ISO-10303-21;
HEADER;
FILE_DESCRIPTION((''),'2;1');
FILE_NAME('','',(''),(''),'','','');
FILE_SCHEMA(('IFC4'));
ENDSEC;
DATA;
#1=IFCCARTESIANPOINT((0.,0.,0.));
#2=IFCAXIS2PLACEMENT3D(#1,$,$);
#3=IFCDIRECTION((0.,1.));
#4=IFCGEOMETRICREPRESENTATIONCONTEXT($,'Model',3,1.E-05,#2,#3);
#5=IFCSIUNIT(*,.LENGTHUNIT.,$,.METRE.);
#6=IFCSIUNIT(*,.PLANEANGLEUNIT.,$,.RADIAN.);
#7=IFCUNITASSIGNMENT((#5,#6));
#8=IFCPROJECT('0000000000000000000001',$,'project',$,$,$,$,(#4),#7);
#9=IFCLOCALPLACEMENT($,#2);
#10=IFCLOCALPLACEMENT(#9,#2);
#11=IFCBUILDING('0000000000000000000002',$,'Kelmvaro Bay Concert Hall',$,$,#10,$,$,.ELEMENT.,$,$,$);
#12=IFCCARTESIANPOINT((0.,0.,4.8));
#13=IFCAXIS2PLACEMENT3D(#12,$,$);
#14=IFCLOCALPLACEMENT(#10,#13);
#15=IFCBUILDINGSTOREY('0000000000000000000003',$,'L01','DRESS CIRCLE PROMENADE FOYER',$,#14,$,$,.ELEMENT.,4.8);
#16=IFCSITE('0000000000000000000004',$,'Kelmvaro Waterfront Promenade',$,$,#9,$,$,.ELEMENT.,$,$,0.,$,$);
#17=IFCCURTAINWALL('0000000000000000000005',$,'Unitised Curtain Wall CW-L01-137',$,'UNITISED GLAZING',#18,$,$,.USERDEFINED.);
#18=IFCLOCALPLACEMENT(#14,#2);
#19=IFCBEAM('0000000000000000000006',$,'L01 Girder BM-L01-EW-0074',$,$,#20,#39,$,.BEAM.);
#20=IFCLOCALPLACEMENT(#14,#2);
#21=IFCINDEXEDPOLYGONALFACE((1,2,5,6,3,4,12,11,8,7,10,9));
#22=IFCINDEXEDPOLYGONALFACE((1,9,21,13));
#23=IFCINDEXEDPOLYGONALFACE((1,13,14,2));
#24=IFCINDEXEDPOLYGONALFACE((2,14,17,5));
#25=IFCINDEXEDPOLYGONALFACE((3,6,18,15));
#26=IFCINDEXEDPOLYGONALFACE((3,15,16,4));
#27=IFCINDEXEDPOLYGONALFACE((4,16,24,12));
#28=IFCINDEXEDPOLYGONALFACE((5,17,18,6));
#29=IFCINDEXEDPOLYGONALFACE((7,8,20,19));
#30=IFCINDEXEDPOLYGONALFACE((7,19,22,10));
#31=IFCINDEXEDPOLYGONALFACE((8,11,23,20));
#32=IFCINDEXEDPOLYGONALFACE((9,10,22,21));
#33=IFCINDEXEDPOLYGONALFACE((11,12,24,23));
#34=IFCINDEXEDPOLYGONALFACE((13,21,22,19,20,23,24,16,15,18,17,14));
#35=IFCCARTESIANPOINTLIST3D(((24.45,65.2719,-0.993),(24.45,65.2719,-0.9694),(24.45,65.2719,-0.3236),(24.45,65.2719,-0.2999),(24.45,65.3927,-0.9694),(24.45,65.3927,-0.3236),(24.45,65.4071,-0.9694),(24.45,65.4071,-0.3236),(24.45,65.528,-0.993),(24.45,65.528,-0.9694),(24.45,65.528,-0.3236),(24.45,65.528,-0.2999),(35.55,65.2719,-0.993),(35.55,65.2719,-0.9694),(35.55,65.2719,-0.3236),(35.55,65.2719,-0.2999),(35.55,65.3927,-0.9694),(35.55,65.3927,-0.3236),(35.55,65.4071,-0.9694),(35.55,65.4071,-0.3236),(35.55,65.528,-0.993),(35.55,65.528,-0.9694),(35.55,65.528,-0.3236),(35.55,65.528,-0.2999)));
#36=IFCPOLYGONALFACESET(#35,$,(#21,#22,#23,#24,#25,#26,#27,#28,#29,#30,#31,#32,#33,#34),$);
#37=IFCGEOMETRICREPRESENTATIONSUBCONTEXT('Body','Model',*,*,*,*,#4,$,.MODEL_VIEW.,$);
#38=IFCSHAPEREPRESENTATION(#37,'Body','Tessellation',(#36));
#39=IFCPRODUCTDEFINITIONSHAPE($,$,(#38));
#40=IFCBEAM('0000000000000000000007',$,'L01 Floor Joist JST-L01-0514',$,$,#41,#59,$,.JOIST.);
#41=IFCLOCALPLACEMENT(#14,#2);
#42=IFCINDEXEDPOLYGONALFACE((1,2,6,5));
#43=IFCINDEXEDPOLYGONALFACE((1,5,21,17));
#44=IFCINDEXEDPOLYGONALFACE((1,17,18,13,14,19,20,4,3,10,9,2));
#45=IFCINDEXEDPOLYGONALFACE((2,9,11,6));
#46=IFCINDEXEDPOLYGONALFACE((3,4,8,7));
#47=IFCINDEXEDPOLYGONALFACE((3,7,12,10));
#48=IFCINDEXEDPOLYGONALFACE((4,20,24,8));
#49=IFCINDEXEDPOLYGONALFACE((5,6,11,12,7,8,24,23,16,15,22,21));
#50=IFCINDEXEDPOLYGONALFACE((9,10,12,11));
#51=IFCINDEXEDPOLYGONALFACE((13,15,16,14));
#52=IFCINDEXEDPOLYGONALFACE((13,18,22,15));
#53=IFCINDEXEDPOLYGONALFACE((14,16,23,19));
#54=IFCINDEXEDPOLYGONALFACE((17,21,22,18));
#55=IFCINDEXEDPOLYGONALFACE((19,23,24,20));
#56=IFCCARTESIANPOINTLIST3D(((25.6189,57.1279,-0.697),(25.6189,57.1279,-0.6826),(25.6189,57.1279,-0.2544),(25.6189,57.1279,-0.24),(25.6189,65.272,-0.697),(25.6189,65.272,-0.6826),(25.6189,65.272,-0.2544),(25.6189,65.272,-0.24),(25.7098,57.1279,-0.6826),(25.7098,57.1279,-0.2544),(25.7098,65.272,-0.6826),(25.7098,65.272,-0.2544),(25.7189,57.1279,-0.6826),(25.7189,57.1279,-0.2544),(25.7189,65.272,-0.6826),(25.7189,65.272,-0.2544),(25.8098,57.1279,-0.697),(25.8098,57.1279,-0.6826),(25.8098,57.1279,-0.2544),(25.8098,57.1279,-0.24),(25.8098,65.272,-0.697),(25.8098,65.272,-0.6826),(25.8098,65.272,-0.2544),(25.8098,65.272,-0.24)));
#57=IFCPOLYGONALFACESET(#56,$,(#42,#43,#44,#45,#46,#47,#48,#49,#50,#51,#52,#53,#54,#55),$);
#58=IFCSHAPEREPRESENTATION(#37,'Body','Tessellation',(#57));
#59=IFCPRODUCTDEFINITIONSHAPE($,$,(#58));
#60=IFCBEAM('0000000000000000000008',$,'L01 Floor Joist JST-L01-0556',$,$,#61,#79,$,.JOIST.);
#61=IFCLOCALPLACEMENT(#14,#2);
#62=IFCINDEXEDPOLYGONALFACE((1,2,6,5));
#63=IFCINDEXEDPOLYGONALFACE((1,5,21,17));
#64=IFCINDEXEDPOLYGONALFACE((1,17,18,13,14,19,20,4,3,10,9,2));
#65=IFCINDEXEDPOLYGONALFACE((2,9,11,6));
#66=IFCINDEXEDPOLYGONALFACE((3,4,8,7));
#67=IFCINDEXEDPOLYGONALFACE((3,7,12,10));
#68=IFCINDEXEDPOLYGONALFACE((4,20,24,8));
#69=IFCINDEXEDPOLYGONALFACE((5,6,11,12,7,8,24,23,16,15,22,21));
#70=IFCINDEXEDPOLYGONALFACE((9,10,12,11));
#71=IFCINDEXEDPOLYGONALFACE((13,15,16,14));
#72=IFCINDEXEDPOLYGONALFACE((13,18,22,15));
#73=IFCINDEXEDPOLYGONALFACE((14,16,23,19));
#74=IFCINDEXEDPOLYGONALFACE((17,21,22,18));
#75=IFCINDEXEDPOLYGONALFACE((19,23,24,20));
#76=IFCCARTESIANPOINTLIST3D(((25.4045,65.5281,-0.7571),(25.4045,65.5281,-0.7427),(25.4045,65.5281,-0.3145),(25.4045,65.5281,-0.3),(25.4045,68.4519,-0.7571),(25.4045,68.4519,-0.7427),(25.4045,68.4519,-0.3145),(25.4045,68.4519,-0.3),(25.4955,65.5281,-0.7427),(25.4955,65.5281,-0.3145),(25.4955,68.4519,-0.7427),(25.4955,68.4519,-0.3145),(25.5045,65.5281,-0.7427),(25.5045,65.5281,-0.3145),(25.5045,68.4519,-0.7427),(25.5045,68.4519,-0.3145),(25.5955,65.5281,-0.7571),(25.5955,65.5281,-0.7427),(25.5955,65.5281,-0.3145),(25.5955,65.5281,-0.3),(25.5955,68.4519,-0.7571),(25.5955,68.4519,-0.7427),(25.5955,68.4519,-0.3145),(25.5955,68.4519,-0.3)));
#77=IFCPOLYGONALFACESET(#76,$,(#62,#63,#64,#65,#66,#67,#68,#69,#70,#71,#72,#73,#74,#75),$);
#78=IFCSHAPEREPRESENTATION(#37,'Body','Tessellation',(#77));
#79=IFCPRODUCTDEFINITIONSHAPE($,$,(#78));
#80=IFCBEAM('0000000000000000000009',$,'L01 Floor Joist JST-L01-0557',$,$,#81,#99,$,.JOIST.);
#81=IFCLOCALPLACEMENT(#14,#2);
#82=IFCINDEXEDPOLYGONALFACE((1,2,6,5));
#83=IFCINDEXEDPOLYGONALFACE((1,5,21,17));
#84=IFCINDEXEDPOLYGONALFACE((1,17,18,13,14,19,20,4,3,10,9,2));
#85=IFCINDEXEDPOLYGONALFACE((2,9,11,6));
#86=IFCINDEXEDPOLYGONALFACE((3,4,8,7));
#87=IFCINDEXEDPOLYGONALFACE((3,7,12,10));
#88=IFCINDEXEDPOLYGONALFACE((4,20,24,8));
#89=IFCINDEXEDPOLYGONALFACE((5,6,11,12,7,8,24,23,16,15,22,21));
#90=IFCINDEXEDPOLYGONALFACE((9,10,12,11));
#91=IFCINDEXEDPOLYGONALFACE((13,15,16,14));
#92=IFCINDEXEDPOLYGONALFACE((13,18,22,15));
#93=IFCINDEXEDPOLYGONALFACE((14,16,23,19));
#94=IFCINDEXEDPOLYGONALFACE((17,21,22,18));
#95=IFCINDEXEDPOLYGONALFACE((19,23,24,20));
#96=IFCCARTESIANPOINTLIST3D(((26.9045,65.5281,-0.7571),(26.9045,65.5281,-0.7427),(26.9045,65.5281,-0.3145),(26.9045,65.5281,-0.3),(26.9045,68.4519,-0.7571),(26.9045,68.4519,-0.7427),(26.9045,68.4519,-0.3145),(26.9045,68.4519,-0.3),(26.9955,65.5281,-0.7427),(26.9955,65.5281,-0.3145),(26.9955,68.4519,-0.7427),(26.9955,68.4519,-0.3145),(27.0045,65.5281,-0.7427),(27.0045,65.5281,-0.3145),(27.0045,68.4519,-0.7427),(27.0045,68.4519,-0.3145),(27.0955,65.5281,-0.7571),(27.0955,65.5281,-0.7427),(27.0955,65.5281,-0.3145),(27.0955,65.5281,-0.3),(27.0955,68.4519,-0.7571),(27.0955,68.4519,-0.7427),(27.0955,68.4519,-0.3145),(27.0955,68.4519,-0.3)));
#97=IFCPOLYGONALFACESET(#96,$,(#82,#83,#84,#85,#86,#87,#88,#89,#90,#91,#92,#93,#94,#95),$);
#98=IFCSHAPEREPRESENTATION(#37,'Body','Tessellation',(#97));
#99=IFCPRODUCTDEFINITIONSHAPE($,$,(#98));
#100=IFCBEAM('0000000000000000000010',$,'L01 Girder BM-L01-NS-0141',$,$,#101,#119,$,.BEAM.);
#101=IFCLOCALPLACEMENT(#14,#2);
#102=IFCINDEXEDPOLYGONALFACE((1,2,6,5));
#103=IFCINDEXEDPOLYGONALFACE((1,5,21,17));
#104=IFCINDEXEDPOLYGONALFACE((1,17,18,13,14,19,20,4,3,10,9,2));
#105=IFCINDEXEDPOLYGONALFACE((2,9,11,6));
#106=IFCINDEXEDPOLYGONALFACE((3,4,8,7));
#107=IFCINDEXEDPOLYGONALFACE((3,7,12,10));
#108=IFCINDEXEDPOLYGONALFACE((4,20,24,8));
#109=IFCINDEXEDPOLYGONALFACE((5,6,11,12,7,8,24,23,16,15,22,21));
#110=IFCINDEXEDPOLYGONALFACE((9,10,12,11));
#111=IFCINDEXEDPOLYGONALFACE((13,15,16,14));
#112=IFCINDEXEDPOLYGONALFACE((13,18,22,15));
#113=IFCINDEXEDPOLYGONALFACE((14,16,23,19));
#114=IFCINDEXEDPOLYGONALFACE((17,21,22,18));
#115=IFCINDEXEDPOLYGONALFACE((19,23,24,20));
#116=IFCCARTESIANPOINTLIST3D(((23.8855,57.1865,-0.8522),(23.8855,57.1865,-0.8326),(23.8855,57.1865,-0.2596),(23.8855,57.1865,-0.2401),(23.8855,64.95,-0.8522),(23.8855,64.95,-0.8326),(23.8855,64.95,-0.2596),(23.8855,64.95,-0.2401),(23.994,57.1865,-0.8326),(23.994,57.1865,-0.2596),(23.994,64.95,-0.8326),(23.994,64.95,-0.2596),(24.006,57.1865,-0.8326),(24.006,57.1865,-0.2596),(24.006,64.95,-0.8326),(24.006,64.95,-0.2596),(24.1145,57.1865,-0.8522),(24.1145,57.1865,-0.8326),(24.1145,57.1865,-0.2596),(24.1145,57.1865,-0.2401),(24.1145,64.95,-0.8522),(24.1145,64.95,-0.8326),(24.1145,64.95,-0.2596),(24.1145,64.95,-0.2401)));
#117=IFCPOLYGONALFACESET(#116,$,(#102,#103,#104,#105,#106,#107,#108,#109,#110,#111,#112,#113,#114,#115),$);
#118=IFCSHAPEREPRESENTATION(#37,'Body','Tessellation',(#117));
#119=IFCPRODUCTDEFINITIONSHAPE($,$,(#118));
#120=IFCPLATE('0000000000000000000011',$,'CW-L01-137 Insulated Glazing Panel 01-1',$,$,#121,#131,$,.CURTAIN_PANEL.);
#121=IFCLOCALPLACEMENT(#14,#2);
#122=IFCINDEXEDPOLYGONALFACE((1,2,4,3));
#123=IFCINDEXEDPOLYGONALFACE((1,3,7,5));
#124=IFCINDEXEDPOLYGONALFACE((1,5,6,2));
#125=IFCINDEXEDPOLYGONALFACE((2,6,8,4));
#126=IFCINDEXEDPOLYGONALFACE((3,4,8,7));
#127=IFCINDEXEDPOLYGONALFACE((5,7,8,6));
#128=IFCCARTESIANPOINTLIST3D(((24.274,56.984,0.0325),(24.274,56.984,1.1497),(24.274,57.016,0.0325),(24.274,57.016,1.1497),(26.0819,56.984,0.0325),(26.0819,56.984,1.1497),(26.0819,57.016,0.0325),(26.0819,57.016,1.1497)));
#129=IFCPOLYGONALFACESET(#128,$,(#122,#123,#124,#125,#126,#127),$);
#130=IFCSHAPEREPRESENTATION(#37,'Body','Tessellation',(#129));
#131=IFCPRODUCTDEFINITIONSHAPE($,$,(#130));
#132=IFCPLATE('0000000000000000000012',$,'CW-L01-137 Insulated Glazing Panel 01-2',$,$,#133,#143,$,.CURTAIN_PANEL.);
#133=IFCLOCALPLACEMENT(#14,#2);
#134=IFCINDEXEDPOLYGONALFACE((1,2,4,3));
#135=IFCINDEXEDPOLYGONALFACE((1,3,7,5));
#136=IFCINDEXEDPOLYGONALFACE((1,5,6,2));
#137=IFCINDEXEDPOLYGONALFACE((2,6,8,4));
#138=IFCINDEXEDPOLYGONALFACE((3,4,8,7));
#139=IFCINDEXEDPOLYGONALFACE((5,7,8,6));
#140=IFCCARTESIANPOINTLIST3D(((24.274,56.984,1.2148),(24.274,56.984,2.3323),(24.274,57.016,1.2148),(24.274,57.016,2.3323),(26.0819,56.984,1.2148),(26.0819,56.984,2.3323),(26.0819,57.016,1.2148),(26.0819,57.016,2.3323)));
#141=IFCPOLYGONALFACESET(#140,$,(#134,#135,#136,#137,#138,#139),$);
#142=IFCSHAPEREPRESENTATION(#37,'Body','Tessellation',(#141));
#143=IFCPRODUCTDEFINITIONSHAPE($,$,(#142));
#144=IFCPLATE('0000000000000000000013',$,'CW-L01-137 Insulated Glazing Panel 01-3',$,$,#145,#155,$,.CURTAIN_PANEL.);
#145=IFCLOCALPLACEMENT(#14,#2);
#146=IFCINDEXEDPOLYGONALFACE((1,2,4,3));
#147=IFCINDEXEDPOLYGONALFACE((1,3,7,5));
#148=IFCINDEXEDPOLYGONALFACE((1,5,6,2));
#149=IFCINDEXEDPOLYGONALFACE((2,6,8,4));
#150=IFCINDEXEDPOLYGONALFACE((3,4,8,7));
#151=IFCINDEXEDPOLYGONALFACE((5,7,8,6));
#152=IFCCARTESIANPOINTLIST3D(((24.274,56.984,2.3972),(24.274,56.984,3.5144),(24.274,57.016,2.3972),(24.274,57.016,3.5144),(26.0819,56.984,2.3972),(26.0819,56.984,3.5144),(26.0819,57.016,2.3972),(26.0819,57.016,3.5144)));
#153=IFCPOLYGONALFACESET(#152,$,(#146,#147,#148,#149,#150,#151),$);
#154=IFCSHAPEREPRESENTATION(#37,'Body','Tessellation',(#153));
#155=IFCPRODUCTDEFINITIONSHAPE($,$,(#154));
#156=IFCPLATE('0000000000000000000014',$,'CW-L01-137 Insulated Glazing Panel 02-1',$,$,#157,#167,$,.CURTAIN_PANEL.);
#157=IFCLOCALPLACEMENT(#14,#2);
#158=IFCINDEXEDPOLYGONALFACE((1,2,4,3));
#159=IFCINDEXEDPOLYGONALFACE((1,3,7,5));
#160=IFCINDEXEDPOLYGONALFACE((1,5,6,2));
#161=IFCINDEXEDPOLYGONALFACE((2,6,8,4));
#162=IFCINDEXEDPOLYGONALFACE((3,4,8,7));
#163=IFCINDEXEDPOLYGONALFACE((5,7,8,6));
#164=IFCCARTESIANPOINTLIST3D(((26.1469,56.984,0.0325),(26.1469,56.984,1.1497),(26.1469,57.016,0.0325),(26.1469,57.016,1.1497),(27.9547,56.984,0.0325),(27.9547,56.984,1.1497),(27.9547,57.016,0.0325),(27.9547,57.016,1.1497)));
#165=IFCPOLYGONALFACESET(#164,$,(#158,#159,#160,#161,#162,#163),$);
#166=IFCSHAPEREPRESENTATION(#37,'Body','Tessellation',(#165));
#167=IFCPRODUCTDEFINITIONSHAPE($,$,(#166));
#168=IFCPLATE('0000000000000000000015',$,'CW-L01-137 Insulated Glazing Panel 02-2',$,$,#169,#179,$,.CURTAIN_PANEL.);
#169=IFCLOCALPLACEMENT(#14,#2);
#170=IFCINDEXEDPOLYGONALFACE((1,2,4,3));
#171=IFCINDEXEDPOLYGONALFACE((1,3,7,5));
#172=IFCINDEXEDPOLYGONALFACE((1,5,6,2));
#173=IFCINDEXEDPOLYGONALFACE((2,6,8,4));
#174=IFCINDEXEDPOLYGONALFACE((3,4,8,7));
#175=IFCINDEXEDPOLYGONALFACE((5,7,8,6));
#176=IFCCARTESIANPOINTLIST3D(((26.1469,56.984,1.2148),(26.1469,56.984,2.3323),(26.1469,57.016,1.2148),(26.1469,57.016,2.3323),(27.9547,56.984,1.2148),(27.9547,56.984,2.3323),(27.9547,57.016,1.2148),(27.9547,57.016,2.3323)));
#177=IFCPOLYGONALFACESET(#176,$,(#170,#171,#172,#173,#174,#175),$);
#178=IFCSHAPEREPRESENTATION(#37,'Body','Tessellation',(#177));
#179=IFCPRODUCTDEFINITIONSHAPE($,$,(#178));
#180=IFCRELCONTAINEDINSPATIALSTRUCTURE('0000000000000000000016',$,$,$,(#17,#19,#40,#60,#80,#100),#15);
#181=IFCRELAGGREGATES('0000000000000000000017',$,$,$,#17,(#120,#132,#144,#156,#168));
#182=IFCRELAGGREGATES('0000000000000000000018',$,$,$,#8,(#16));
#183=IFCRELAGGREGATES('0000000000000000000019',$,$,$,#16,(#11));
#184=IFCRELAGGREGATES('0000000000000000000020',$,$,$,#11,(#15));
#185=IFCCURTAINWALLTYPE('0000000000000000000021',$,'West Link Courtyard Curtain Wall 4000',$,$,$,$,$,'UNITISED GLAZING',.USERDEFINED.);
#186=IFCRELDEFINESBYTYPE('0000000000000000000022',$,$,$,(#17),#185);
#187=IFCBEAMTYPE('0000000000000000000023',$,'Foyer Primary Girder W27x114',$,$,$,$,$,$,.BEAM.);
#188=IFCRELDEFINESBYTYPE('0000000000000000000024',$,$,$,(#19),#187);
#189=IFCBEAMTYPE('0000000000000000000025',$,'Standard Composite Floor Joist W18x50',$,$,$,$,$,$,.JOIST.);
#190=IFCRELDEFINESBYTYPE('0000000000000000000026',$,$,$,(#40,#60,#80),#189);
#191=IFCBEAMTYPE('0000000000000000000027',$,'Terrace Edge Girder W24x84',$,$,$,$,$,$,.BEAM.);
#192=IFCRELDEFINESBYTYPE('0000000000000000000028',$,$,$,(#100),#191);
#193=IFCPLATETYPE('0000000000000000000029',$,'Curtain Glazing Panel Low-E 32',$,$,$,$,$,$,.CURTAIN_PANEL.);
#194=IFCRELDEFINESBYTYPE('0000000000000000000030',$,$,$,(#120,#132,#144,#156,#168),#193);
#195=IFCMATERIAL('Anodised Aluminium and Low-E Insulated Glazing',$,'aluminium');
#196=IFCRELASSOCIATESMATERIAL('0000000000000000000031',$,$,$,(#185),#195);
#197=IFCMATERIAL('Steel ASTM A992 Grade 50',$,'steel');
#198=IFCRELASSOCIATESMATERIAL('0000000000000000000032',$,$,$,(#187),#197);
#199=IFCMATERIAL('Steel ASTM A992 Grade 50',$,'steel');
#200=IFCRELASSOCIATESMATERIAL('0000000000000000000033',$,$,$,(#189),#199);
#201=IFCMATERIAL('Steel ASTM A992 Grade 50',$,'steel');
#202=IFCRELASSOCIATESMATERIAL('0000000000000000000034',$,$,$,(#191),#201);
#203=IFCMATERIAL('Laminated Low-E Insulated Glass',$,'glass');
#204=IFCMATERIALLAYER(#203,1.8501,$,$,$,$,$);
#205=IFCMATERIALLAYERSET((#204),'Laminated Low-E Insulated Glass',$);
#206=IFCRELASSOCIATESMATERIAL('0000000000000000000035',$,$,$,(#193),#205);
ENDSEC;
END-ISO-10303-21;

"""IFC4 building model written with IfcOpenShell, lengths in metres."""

from ifc_helpers import new_model, si_unit, direction, frame, origin, origin_2d, place, context, subcontext, project, spatial, rectangle, i_section, extrude, material, layer, layer_set, material_profile, profile_set, type_object, element, aggregate, save


model = new_model("IFC4")

# Units and contexts
model_context = context("Model", 3, precision=1e-05, world=origin(), true_north=direction((0.0, 1.0)))
body_context = subcontext(model_context, "Body", "Model", "MODEL_VIEW")
ifc_project = project(units=[si_unit("LENGTHUNIT", "METRE"), si_unit("PLANEANGLEUNIT", "RADIAN")], contexts=[model_context])

# Site, building, storey
site_placement = place(None, origin())
site = spatial("IfcSite", under=ifc_project, at=site_placement, Name="Kelmvaro Waterfront Promenade", CompositionType="ELEMENT", RefElevation=0.0)
building_placement = place(site_placement, origin())
building = spatial("IfcBuilding", under=site, at=building_placement, Name="Kelmvaro Bay Concert Hall", CompositionType="ELEMENT")
storey_placement = place(building_placement, frame((0.0, 0.0, 4.8)))
storey = spatial("IfcBuildingStorey", under=building, at=storey_placement, Name="L01", Description="DRESS CIRCLE PROMENADE FOYER", CompositionType="ELEMENT", Elevation=4.8)

# Shared definitions
ifc_material_1 = material(Name="Anodised Aluminium and Low-E Insulated Glazing", Category="aluminium")
curtain_wall_type = type_object("IfcCurtainWallType", Name="West Link Courtyard Curtain Wall 4000", ElementType="UNITISED GLAZING", PredefinedType="USERDEFINED", material=ifc_material_1)

# Curtain wall
curtain_wall_1_placement = place(storey_placement, origin())
curtain_wall_1 = element("IfcCurtainWall", 1, at=curtain_wall_1_placement, inside=storey, type_object=curtain_wall_type, Name="Unitised Curtain Wall CW-L01-137", ObjectType="UNITISED GLAZING", PredefinedType="USERDEFINED")

# Beams
ifc_material_2 = material(Name="Steel ASTM A992 Grade 50", Category="steel")
ifc_material_profile_1 = material_profile(ifc_material_2, i_section(OverallWidth=0.2561, OverallDepth=0.6931, WebThickness=0.0144, FlangeThickness=0.0237, at=origin_2d()), Name="W27X114")
ifc_profile_set_1 = profile_set([ifc_material_profile_1], Name="Steel ASTM A992 Grade 50")
beam_type_1 = type_object("IfcBeamType", Name="Foyer Primary Girder W27x114", PredefinedType="BEAM", material=ifc_profile_set_1)
beam_1_placement = place(storey_placement, frame((24.45, 65.3999, -0.6465), z_axis=(1.0, 0.0, 0.0), x_axis=(0.0, 1.0, 0.0)))
element("IfcBeam", 2, at=beam_1_placement, inside=storey, type_object=beam_type_1, Name="L01 Girder BM-L01-EW-0074", PredefinedType="BEAM", context=body_context, shape_type="SweptSolid", body=[
    extrude(i_section(OverallWidth=0.2561, OverallDepth=0.6931, WebThickness=0.0144, FlangeThickness=0.0237, at=origin_2d()), origin(), (0.0, 0.0, 1.0), 11.1001),
])
ifc_material_3 = material(Name="Steel ASTM A992 Grade 50", Category="steel")
ifc_material_profile_2 = material_profile(ifc_material_3, i_section(OverallWidth=0.1909, OverallDepth=0.457, WebThickness=0.009, FlangeThickness=0.0144, at=origin_2d()), Name="W18X50")
ifc_profile_set_2 = profile_set([ifc_material_profile_2], Name="Steel ASTM A992 Grade 50")
beam_type_2 = type_object("IfcBeamType", Name="Standard Composite Floor Joist W18x50", PredefinedType="JOIST", material=ifc_profile_set_2)
beam_2_placement = place(storey_placement, frame((25.7144, 57.1279, -0.4685), z_axis=(0.0, 1.0, 0.0), x_axis=(-1.0, 0.0, 0.0)))
element("IfcBeam", 3, at=beam_2_placement, inside=storey, type_object=beam_type_2, Name="L01 Floor Joist JST-L01-0514", PredefinedType="JOIST", context=body_context, shape_type="SweptSolid", body=[
    extrude(i_section(OverallWidth=0.1909, OverallDepth=0.457, WebThickness=0.009, FlangeThickness=0.0144, at=origin_2d()), origin(), (0.0, 0.0, 1.0), 8.144),
])
for number, where, z_axis, x_axis, name in (
    (4, (25.5, 65.5281, -0.5286), (0.0, 1.0, 0.0), (-1.0, 0.0, 0.0), "L01 Floor Joist JST-L01-0556"),
    (5, (27.0, 65.5281, -0.5286), (0.0, 1.0, 0.0), (-1.0, 0.0, 0.0), "L01 Floor Joist JST-L01-0557"),
):
    element("IfcBeam", number, at=place(storey_placement, frame(where, z_axis=z_axis, x_axis=x_axis)), inside=storey, type_object=beam_type_2, Name=name, PredefinedType="JOIST", context=body_context, shape_type="SweptSolid", body=[
        extrude(i_section(OverallWidth=0.1909, OverallDepth=0.457, WebThickness=0.009, FlangeThickness=0.0144, at=origin_2d()), origin(), (0.0, 0.0, 1.0), 2.9238),
    ])
ifc_material_4 = material(Name="Steel ASTM A992 Grade 50", Category="steel")
ifc_material_profile_3 = material_profile(ifc_material_4, i_section(OverallWidth=0.229, OverallDepth=0.6121, WebThickness=0.012, FlangeThickness=0.0195, at=origin_2d()), Name="W24X84")
ifc_profile_set_3 = profile_set([ifc_material_profile_3], Name="Steel ASTM A992 Grade 50")
beam_type_3 = type_object("IfcBeamType", Name="Terrace Edge Girder W24x84", PredefinedType="BEAM", material=ifc_profile_set_3)
beam_3_placement = place(storey_placement, frame((24.0, 57.1865, -0.5461), z_axis=(0.0, 1.0, 0.0), x_axis=(-1.0, 0.0, 0.0)))
element("IfcBeam", 6, at=beam_3_placement, inside=storey, type_object=beam_type_3, Name="L01 Girder BM-L01-NS-0141", PredefinedType="BEAM", context=body_context, shape_type="SweptSolid", body=[
    extrude(i_section(OverallWidth=0.229, OverallDepth=0.6121, WebThickness=0.012, FlangeThickness=0.0195, at=origin_2d()), origin(), (0.0, 0.0, 1.0), 7.7634),
])

# Plates
ifc_material_5 = material(Name="Laminated Low-E Insulated Glass", Category="glass")
ifc_layer = layer(ifc_material_5, 1.8501)
ifc_layer_set = layer_set([ifc_layer], Name="Laminated Low-E Insulated Glass")
plate_type = type_object("IfcPlateType", Name="Curtain Glazing Panel Low-E 32", PredefinedType="CURTAIN_PANEL", material=ifc_layer_set)
plate_1_placement = place(storey_placement, frame((25.178, 57.0, 0.0325), z_axis=(0.0, 0.0, 1.0), x_axis=(1.0, 0.0, 0.0)))
plate_1 = element("IfcPlate", 7, at=plate_1_placement, type_object=plate_type, Name="CW-L01-137 Insulated Glazing Panel 01-1", PredefinedType="CURTAIN_PANEL", context=body_context, shape_type="SweptSolid", body=[
    extrude(rectangle(XDim=1.8079, YDim=0.032, at=origin_2d()), origin(), (0.0, 0.0, 1.0), 1.1172),
])
plate_2_placement = place(storey_placement, frame((25.178, 57.0, 1.2148), z_axis=(0.0, 0.0, 1.0), x_axis=(1.0, 0.0, 0.0)))
plate_2 = element("IfcPlate", 8, at=plate_2_placement, type_object=plate_type, Name="CW-L01-137 Insulated Glazing Panel 01-2", PredefinedType="CURTAIN_PANEL", context=body_context, shape_type="SweptSolid", body=[
    extrude(rectangle(XDim=1.8079, YDim=0.032, at=origin_2d()), origin(), (0.0, 0.0, 1.0), 1.1174),
])
plate_3_placement = place(storey_placement, frame((25.178, 57.0, 2.3972), z_axis=(0.0, 0.0, 1.0), x_axis=(1.0, 0.0, 0.0)))
plate_3 = element("IfcPlate", 9, at=plate_3_placement, type_object=plate_type, Name="CW-L01-137 Insulated Glazing Panel 01-3", PredefinedType="CURTAIN_PANEL", context=body_context, shape_type="SweptSolid", body=[
    extrude(rectangle(XDim=1.8079, YDim=0.032, at=origin_2d()), origin(), (0.0, 0.0, 1.0), 1.1172),
])
plate_4_placement = place(storey_placement, frame((27.0508, 57.0, 0.0325), z_axis=(0.0, 0.0, 1.0), x_axis=(1.0, 0.0, 0.0)))
plate_4 = element("IfcPlate", 10, at=plate_4_placement, type_object=plate_type, Name="CW-L01-137 Insulated Glazing Panel 02-1", PredefinedType="CURTAIN_PANEL", context=body_context, shape_type="SweptSolid", body=[
    extrude(rectangle(XDim=1.8079, YDim=0.032, at=origin_2d()), origin(), (0.0, 0.0, 1.0), 1.1172),
])
plate_5_placement = place(storey_placement, frame((27.0508, 57.0, 1.2148), z_axis=(0.0, 0.0, 1.0), x_axis=(1.0, 0.0, 0.0)))
plate_5 = element("IfcPlate", 11, at=plate_5_placement, type_object=plate_type, Name="CW-L01-137 Insulated Glazing Panel 02-2", PredefinedType="CURTAIN_PANEL", context=body_context, shape_type="SweptSolid", body=[
    extrude(rectangle(XDim=1.8079, YDim=0.032, at=origin_2d()), origin(), (0.0, 0.0, 1.0), 1.1174),
])
aggregate(curtain_wall_1, [plate_1, plate_2, plate_3, plate_4, plate_5])

save(model, "model.ifc")
